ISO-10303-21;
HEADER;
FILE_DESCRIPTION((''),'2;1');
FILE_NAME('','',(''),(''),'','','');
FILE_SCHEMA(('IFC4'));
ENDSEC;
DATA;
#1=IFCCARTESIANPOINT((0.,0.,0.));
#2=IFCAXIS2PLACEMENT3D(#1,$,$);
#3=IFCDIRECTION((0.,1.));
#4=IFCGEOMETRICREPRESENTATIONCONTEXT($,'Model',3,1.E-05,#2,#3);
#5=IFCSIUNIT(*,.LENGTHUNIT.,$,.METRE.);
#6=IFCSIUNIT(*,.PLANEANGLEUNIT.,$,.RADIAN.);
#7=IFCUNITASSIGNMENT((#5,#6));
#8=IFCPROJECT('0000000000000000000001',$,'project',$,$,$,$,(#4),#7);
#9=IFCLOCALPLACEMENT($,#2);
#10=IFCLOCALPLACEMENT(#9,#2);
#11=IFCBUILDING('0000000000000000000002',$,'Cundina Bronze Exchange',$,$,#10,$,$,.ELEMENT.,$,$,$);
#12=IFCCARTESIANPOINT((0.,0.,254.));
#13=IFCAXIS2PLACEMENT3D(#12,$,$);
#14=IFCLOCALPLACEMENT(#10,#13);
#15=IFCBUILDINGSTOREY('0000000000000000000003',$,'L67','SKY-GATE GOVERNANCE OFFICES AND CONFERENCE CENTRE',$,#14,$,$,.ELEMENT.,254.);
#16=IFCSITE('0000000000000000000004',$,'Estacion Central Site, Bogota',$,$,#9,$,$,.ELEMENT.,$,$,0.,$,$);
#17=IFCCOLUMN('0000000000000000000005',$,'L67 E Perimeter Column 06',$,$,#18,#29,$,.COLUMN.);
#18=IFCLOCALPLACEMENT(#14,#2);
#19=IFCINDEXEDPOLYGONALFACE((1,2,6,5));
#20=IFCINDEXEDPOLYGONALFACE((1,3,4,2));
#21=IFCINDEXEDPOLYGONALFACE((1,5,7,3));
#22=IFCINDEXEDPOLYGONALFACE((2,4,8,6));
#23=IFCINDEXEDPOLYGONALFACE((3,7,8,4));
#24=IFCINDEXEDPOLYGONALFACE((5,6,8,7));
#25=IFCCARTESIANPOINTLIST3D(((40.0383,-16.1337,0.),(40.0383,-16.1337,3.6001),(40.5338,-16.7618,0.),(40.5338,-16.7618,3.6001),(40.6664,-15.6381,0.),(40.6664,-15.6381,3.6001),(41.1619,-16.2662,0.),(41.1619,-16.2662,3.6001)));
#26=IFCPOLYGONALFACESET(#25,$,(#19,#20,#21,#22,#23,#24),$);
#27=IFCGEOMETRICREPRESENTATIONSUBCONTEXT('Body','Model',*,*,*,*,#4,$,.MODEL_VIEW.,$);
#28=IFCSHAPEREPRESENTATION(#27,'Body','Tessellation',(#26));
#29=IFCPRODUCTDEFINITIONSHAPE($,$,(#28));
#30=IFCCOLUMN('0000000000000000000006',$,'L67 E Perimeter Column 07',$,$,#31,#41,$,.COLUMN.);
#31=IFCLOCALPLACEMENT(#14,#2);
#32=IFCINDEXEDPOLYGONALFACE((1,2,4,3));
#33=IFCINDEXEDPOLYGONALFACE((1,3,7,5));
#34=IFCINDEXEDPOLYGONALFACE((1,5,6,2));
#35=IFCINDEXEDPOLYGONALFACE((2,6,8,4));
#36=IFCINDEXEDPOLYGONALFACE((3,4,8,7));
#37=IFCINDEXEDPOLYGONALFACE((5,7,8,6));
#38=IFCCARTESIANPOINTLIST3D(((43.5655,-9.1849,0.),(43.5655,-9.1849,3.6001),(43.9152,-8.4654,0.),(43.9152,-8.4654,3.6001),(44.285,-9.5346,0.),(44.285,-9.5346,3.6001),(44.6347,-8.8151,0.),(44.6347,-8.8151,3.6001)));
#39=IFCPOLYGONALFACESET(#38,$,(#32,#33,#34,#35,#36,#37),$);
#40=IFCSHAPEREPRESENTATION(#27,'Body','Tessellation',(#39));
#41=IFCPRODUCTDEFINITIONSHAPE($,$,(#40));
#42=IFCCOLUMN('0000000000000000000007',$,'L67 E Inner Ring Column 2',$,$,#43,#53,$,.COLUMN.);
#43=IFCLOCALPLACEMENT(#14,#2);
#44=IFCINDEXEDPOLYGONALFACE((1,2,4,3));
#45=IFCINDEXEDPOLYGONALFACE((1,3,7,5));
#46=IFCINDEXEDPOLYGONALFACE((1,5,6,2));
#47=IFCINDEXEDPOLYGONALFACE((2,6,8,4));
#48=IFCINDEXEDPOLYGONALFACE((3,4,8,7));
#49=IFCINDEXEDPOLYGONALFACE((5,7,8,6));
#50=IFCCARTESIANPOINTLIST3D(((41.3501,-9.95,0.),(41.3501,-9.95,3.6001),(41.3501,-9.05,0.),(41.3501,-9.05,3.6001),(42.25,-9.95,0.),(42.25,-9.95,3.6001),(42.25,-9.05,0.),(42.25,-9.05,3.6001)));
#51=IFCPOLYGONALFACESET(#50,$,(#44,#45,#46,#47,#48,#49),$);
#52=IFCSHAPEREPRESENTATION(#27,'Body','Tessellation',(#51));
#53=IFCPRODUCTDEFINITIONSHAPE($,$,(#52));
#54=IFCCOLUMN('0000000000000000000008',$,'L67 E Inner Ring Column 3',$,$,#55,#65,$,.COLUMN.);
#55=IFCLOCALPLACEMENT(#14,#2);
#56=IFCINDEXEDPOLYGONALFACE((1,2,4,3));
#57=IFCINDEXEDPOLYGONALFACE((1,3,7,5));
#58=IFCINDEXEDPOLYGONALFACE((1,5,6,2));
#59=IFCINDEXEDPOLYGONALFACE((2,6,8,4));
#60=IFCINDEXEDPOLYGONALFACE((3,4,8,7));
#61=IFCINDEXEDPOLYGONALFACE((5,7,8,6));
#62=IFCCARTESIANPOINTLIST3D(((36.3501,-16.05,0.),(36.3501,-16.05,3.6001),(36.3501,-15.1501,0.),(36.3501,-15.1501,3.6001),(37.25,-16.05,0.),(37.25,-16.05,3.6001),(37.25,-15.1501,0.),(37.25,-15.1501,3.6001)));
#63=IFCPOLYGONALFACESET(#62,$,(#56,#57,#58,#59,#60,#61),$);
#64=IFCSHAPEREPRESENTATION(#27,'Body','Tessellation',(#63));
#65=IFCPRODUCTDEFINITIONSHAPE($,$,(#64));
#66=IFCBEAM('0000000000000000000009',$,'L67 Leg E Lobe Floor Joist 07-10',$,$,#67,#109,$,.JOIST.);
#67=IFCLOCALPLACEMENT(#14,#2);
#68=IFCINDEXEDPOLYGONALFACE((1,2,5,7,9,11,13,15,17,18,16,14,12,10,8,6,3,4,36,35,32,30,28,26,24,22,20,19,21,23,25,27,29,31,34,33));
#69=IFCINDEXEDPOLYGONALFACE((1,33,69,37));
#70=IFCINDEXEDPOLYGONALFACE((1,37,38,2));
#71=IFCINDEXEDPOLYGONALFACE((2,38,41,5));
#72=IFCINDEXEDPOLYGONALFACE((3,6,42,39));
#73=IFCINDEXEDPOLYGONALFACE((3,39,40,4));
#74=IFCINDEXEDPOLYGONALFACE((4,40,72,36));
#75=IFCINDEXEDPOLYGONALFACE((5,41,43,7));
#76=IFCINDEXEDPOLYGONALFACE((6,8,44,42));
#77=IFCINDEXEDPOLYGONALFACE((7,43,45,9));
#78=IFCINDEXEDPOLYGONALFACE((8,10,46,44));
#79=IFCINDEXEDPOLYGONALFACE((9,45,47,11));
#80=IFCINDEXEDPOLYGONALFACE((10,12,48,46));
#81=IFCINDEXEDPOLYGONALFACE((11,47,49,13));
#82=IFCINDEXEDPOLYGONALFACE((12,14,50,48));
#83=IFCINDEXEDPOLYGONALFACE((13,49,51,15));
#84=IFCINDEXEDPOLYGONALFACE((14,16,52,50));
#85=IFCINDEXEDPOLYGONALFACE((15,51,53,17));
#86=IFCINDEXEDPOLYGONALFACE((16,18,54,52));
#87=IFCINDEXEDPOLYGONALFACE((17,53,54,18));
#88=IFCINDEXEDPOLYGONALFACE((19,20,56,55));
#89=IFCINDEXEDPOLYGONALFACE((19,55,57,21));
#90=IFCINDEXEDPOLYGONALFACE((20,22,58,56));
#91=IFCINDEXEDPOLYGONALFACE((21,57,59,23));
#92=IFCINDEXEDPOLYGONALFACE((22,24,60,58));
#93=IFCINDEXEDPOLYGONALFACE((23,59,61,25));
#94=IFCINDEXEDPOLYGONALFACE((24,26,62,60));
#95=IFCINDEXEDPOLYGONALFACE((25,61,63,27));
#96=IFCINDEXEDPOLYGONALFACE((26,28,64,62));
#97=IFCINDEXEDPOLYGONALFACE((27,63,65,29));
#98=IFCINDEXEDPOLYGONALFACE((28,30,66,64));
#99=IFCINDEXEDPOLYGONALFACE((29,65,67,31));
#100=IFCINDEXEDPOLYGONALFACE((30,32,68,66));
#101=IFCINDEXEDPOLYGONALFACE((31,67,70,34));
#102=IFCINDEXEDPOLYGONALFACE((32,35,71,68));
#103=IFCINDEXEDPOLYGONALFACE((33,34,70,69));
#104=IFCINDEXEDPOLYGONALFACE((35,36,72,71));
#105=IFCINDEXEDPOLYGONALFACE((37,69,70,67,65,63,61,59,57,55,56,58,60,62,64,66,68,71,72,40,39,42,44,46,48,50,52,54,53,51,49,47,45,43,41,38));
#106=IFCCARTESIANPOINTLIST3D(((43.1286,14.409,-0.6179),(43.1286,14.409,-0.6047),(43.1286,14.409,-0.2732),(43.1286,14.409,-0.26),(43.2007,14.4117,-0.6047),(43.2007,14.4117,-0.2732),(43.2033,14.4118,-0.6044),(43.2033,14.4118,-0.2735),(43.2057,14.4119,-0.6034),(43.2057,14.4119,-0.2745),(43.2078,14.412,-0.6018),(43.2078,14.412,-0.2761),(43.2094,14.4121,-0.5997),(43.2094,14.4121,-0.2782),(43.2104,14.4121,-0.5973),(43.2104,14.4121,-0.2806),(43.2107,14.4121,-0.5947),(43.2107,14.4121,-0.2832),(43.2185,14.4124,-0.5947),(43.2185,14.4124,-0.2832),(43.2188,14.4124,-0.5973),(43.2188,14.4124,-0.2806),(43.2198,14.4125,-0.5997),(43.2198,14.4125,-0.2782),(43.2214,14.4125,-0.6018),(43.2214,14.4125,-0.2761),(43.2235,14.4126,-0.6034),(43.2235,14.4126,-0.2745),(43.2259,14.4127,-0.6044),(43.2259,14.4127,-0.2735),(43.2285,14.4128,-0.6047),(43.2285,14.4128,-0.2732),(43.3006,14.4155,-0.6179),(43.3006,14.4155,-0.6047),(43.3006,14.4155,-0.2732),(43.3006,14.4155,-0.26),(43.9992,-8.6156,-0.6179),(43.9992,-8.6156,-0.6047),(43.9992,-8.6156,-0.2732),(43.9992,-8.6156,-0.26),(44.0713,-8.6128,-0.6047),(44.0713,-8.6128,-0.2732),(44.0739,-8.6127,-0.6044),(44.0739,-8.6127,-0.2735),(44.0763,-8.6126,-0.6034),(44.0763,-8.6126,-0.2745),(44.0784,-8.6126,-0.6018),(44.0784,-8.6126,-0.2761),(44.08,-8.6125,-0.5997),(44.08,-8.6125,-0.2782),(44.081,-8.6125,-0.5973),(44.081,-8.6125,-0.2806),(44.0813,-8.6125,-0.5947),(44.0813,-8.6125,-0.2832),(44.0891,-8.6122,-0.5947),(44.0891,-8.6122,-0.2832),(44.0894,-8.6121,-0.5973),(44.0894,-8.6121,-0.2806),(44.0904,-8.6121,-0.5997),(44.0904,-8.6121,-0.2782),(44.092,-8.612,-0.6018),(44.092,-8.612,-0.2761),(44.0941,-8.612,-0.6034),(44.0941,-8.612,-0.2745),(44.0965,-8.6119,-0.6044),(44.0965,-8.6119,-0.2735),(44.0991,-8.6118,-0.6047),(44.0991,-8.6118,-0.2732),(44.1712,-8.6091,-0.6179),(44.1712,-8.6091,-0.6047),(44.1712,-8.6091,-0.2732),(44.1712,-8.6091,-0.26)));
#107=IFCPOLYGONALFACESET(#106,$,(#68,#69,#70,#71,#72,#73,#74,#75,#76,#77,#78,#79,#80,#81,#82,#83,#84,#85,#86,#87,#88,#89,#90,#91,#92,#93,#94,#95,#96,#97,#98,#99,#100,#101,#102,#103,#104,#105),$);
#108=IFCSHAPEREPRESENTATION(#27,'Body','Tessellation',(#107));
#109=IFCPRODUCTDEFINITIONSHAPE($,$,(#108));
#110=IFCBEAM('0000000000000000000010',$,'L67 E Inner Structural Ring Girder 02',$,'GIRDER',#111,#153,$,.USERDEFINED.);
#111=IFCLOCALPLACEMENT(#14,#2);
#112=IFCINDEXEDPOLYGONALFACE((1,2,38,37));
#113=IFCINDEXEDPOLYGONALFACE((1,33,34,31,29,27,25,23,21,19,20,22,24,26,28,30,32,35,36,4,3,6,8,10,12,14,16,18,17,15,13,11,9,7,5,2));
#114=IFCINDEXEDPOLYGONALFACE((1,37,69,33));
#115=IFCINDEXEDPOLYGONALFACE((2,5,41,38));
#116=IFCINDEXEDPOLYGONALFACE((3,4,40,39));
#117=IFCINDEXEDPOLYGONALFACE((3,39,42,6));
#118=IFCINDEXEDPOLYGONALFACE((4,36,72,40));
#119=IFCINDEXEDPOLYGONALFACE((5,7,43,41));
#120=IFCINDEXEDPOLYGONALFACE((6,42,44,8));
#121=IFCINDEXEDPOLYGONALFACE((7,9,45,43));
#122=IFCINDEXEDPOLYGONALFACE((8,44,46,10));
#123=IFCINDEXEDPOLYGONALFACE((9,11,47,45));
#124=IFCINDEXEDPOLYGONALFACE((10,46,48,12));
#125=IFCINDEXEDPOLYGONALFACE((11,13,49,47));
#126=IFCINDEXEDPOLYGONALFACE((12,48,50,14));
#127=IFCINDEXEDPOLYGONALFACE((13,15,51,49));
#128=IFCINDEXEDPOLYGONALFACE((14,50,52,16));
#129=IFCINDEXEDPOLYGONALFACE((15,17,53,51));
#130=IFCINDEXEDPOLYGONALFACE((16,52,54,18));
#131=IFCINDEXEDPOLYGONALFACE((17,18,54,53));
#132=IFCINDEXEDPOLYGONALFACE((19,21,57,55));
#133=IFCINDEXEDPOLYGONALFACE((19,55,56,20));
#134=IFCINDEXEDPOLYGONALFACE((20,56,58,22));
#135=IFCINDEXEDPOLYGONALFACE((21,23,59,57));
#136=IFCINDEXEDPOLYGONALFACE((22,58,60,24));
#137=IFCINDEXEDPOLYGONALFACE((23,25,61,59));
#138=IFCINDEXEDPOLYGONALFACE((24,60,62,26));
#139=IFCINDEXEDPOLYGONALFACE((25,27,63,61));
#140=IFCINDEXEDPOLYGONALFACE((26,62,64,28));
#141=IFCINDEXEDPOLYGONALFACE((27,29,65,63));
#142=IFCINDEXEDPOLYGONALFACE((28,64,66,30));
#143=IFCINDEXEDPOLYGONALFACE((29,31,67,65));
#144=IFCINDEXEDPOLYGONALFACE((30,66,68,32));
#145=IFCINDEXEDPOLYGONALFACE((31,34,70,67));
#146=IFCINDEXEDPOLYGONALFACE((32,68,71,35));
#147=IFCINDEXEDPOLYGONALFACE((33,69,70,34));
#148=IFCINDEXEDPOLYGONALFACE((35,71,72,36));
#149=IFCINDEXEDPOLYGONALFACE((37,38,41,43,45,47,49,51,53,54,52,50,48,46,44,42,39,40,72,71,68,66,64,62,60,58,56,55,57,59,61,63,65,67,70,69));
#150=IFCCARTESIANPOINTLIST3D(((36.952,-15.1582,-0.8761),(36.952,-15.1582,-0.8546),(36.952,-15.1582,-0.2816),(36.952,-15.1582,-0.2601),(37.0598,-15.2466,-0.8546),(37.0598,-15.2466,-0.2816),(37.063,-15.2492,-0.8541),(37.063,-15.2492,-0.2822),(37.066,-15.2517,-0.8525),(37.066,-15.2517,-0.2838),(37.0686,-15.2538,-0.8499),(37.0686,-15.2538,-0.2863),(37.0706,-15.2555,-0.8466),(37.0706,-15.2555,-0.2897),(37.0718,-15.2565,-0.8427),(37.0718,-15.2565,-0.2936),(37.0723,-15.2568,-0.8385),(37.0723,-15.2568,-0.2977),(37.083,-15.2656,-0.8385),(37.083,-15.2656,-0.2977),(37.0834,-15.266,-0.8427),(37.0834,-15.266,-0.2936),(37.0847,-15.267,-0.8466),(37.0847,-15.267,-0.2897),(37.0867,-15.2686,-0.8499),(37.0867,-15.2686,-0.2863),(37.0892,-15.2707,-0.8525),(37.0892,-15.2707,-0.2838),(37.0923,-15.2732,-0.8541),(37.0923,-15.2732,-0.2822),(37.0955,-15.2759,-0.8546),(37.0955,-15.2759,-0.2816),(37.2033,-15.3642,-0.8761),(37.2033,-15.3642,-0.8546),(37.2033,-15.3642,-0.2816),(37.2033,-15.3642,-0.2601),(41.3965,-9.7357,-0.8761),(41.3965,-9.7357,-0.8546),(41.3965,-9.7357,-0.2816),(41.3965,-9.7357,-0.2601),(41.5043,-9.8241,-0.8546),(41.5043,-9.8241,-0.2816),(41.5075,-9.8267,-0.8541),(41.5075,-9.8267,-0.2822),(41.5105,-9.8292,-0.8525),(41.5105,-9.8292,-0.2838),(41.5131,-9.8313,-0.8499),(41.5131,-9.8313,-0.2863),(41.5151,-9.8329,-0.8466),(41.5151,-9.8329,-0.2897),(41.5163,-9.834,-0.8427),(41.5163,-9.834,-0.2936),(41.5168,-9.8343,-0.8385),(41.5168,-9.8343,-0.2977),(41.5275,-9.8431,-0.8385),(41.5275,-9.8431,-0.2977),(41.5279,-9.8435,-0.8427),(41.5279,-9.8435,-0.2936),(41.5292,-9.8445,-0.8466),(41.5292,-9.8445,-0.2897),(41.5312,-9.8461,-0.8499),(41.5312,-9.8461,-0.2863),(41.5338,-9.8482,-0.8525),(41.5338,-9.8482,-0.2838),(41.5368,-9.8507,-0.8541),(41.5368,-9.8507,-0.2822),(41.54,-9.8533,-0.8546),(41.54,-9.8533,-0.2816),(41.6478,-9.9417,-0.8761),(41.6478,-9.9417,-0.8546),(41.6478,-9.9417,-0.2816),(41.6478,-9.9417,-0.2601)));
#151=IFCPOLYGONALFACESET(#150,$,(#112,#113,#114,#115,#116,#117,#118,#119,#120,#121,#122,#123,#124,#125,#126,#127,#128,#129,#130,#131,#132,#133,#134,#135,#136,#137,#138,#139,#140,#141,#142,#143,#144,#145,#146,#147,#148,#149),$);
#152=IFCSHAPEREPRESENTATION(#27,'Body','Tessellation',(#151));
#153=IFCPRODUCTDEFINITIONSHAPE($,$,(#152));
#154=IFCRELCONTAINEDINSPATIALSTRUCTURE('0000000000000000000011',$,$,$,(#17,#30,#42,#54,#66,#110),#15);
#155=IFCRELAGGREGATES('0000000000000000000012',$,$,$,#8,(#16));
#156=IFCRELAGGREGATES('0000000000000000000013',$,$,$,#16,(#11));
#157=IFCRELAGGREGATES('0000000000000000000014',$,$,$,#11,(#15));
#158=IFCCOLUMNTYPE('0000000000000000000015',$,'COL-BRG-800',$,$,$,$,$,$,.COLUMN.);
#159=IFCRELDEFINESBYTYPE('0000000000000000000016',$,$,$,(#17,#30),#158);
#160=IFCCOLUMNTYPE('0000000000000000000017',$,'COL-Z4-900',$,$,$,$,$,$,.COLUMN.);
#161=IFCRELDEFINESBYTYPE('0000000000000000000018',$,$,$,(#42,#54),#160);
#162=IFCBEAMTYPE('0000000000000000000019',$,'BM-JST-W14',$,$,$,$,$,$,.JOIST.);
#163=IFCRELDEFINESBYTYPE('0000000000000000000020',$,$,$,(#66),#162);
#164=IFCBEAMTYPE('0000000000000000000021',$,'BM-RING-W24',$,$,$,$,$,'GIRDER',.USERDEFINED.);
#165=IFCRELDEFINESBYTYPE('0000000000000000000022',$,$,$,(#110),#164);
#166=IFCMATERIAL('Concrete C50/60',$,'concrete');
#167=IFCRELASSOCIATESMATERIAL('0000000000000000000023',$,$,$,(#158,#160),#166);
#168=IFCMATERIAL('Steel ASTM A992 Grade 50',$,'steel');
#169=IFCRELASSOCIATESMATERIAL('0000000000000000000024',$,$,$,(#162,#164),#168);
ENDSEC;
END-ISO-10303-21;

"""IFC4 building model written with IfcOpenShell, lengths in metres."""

from ifc_helpers import new_model, si_unit, direction, frame, origin, origin_2d, place, context, subcontext, project, spatial, rectangle, i_section, extrude, material, material_profile, profile_set, type_object, element, save


model = new_model("IFC4")

# Units and contexts
model_context = context("Model", 3, precision=1e-05, world=origin(), true_north=direction((0.0, 1.0)))
body_context = subcontext(model_context, "Body", "Model", "MODEL_VIEW")
ifc_project = project(units=[si_unit("LENGTHUNIT", "METRE"), si_unit("PLANEANGLEUNIT", "RADIAN")], contexts=[model_context])

# Site, building, storey
site_placement = place(None, origin())
site = spatial("IfcSite", under=ifc_project, at=site_placement, Name="Estacion Central Site, Bogota", CompositionType="ELEMENT", RefElevation=0.0)
building_placement = place(site_placement, origin())
building = spatial("IfcBuilding", under=site, at=building_placement, Name="Cundina Bronze Exchange", CompositionType="ELEMENT")
storey_placement = place(building_placement, frame((0.0, 0.0, 254.0)))
storey = spatial("IfcBuildingStorey", under=building, at=storey_placement, Name="L67", Description="SKY-GATE GOVERNANCE OFFICES AND CONFERENCE CENTRE", CompositionType="ELEMENT", Elevation=254.0)

# Columns
ifc_material_1 = material(Name="Concrete C50/60", Category="concrete")
ifc_material_profile_1 = material_profile(ifc_material_1, rectangle(XDim=0.8, YDim=0.8, at=origin_2d()), Name="RC800X800", Category="concrete")
ifc_profile_set_1 = profile_set([ifc_material_profile_1], Name="Concrete C50/60")
column_type_1 = type_object("IfcColumnType", Name="COL-BRG-800", PredefinedType="COLUMN", material=ifc_profile_set_1)
for number, where, z_axis, x_axis, name in (
    (1, (40.6001, -16.2, 0.0), (0.0, 0.0, 1.0), (0.785101, 0.619368, 0.0), "L67 E Perimeter Column 06"),
    (2, (44.1001, -9.0, 0.0), (0.0, 0.0, 1.0), (0.437116, 0.899405, 0.0), "L67 E Perimeter Column 07"),
):
    element("IfcColumn", number, at=place(storey_placement, frame(where, z_axis=z_axis, x_axis=x_axis)), inside=storey, type_object=column_type_1, Name=name, PredefinedType="COLUMN", context=body_context, shape_type="SweptSolid", body=[
        extrude(rectangle(XDim=0.8, YDim=0.8, at=origin_2d()), origin(), (0.0, 0.0, 1.0), 3.6001),
    ])
ifc_material_profile_2 = material_profile(ifc_material_1, rectangle(XDim=0.8999, YDim=0.8999, at=origin_2d()), Name="RC900X900", Category="concrete")
ifc_profile_set_2 = profile_set([ifc_material_profile_2], Name="Concrete C50/60")
column_type_2 = type_object("IfcColumnType", Name="COL-Z4-900", PredefinedType="COLUMN", material=ifc_profile_set_2)
for number, where, z_axis, x_axis, name in (
    (3, (41.8, -9.5, 0.0), (0.0, 0.0, 1.0), (1.0, 0.0, 0.0), "L67 E Inner Ring Column 2"),
    (4, (36.8, -15.6001, 0.0), (0.0, 0.0, 1.0), (1.0, 0.0, 0.0), "L67 E Inner Ring Column 3"),
):
    element("IfcColumn", number, at=place(storey_placement, frame(where, z_axis=z_axis, x_axis=x_axis)), inside=storey, type_object=column_type_2, Name=name, PredefinedType="COLUMN", context=body_context, shape_type="SweptSolid", body=[
        extrude(rectangle(XDim=0.8999, YDim=0.8999, at=origin_2d()), origin(), (0.0, 0.0, 1.0), 3.6001),
    ])

# Beams
ifc_material_2 = material(Name="Steel ASTM A992 Grade 50", Category="steel")
ifc_material_profile_3 = material_profile(ifc_material_2, i_section(OverallWidth=0.1721, OverallDepth=0.3579, WebThickness=0.0078, FlangeThickness=0.0132, FilletRadius=0.01, at=origin_2d()), Name="W14X38", Category="steel")
ifc_profile_set_3 = profile_set([ifc_material_profile_3], Name="Steel ASTM A992 Grade 50")
beam_type_1 = type_object("IfcBeamType", Name="BM-JST-W14", PredefinedType="JOIST", material=ifc_profile_set_3)
beam_1_placement = place(storey_placement, frame((44.0852, -8.6123, -0.439), z_axis=(-0.037785, 0.999286, 0.0), x_axis=(-0.999286, -0.037785, 0.0)))
element("IfcBeam", 5, at=beam_1_placement, inside=storey, type_object=beam_type_1, Name="L67 Leg E Lobe Floor Joist 07-10", PredefinedType="JOIST", context=body_context, shape_type="SweptSolid", body=[
    extrude(i_section(OverallWidth=0.1721, OverallDepth=0.3579, WebThickness=0.0078, FlangeThickness=0.0132, FilletRadius=0.01, at=origin_2d()), origin(), (0.0, 0.0, 1.0), 23.041),
])
ifc_material_profile_4 = material_profile(ifc_material_2, i_section(OverallWidth=0.325, OverallDepth=0.616, WebThickness=0.0139, FlangeThickness=0.0215, FilletRadius=0.0161, at=origin_2d()), Name="W24X117", Category="steel")
ifc_profile_set_4 = profile_set([ifc_material_profile_4], Name="Steel ASTM A992 Grade 50")
beam_type_2 = type_object("IfcBeamType", Name="BM-RING-W24", ElementType="GIRDER", PredefinedType="USERDEFINED", material=ifc_profile_set_4)
beam_2_placement = place(storey_placement, frame((37.0776, -15.2612, -0.5681), z_axis=(0.633913, 0.773405, 0.0), x_axis=(-0.773405, 0.633913, 0.0)))
element("IfcBeam", 6, at=beam_2_placement, inside=storey, type_object=beam_type_2, Name="L67 E Inner Structural Ring Girder 02", ObjectType="GIRDER", PredefinedType="USERDEFINED", context=body_context, shape_type="SweptSolid", body=[
    extrude(i_section(OverallWidth=0.325, OverallDepth=0.616, WebThickness=0.0139, FlangeThickness=0.0215, FilletRadius=0.0161, at=origin_2d()), origin(), (0.0, 0.0, 1.0), 7.0112),
])

save(model, "model.ifc")
